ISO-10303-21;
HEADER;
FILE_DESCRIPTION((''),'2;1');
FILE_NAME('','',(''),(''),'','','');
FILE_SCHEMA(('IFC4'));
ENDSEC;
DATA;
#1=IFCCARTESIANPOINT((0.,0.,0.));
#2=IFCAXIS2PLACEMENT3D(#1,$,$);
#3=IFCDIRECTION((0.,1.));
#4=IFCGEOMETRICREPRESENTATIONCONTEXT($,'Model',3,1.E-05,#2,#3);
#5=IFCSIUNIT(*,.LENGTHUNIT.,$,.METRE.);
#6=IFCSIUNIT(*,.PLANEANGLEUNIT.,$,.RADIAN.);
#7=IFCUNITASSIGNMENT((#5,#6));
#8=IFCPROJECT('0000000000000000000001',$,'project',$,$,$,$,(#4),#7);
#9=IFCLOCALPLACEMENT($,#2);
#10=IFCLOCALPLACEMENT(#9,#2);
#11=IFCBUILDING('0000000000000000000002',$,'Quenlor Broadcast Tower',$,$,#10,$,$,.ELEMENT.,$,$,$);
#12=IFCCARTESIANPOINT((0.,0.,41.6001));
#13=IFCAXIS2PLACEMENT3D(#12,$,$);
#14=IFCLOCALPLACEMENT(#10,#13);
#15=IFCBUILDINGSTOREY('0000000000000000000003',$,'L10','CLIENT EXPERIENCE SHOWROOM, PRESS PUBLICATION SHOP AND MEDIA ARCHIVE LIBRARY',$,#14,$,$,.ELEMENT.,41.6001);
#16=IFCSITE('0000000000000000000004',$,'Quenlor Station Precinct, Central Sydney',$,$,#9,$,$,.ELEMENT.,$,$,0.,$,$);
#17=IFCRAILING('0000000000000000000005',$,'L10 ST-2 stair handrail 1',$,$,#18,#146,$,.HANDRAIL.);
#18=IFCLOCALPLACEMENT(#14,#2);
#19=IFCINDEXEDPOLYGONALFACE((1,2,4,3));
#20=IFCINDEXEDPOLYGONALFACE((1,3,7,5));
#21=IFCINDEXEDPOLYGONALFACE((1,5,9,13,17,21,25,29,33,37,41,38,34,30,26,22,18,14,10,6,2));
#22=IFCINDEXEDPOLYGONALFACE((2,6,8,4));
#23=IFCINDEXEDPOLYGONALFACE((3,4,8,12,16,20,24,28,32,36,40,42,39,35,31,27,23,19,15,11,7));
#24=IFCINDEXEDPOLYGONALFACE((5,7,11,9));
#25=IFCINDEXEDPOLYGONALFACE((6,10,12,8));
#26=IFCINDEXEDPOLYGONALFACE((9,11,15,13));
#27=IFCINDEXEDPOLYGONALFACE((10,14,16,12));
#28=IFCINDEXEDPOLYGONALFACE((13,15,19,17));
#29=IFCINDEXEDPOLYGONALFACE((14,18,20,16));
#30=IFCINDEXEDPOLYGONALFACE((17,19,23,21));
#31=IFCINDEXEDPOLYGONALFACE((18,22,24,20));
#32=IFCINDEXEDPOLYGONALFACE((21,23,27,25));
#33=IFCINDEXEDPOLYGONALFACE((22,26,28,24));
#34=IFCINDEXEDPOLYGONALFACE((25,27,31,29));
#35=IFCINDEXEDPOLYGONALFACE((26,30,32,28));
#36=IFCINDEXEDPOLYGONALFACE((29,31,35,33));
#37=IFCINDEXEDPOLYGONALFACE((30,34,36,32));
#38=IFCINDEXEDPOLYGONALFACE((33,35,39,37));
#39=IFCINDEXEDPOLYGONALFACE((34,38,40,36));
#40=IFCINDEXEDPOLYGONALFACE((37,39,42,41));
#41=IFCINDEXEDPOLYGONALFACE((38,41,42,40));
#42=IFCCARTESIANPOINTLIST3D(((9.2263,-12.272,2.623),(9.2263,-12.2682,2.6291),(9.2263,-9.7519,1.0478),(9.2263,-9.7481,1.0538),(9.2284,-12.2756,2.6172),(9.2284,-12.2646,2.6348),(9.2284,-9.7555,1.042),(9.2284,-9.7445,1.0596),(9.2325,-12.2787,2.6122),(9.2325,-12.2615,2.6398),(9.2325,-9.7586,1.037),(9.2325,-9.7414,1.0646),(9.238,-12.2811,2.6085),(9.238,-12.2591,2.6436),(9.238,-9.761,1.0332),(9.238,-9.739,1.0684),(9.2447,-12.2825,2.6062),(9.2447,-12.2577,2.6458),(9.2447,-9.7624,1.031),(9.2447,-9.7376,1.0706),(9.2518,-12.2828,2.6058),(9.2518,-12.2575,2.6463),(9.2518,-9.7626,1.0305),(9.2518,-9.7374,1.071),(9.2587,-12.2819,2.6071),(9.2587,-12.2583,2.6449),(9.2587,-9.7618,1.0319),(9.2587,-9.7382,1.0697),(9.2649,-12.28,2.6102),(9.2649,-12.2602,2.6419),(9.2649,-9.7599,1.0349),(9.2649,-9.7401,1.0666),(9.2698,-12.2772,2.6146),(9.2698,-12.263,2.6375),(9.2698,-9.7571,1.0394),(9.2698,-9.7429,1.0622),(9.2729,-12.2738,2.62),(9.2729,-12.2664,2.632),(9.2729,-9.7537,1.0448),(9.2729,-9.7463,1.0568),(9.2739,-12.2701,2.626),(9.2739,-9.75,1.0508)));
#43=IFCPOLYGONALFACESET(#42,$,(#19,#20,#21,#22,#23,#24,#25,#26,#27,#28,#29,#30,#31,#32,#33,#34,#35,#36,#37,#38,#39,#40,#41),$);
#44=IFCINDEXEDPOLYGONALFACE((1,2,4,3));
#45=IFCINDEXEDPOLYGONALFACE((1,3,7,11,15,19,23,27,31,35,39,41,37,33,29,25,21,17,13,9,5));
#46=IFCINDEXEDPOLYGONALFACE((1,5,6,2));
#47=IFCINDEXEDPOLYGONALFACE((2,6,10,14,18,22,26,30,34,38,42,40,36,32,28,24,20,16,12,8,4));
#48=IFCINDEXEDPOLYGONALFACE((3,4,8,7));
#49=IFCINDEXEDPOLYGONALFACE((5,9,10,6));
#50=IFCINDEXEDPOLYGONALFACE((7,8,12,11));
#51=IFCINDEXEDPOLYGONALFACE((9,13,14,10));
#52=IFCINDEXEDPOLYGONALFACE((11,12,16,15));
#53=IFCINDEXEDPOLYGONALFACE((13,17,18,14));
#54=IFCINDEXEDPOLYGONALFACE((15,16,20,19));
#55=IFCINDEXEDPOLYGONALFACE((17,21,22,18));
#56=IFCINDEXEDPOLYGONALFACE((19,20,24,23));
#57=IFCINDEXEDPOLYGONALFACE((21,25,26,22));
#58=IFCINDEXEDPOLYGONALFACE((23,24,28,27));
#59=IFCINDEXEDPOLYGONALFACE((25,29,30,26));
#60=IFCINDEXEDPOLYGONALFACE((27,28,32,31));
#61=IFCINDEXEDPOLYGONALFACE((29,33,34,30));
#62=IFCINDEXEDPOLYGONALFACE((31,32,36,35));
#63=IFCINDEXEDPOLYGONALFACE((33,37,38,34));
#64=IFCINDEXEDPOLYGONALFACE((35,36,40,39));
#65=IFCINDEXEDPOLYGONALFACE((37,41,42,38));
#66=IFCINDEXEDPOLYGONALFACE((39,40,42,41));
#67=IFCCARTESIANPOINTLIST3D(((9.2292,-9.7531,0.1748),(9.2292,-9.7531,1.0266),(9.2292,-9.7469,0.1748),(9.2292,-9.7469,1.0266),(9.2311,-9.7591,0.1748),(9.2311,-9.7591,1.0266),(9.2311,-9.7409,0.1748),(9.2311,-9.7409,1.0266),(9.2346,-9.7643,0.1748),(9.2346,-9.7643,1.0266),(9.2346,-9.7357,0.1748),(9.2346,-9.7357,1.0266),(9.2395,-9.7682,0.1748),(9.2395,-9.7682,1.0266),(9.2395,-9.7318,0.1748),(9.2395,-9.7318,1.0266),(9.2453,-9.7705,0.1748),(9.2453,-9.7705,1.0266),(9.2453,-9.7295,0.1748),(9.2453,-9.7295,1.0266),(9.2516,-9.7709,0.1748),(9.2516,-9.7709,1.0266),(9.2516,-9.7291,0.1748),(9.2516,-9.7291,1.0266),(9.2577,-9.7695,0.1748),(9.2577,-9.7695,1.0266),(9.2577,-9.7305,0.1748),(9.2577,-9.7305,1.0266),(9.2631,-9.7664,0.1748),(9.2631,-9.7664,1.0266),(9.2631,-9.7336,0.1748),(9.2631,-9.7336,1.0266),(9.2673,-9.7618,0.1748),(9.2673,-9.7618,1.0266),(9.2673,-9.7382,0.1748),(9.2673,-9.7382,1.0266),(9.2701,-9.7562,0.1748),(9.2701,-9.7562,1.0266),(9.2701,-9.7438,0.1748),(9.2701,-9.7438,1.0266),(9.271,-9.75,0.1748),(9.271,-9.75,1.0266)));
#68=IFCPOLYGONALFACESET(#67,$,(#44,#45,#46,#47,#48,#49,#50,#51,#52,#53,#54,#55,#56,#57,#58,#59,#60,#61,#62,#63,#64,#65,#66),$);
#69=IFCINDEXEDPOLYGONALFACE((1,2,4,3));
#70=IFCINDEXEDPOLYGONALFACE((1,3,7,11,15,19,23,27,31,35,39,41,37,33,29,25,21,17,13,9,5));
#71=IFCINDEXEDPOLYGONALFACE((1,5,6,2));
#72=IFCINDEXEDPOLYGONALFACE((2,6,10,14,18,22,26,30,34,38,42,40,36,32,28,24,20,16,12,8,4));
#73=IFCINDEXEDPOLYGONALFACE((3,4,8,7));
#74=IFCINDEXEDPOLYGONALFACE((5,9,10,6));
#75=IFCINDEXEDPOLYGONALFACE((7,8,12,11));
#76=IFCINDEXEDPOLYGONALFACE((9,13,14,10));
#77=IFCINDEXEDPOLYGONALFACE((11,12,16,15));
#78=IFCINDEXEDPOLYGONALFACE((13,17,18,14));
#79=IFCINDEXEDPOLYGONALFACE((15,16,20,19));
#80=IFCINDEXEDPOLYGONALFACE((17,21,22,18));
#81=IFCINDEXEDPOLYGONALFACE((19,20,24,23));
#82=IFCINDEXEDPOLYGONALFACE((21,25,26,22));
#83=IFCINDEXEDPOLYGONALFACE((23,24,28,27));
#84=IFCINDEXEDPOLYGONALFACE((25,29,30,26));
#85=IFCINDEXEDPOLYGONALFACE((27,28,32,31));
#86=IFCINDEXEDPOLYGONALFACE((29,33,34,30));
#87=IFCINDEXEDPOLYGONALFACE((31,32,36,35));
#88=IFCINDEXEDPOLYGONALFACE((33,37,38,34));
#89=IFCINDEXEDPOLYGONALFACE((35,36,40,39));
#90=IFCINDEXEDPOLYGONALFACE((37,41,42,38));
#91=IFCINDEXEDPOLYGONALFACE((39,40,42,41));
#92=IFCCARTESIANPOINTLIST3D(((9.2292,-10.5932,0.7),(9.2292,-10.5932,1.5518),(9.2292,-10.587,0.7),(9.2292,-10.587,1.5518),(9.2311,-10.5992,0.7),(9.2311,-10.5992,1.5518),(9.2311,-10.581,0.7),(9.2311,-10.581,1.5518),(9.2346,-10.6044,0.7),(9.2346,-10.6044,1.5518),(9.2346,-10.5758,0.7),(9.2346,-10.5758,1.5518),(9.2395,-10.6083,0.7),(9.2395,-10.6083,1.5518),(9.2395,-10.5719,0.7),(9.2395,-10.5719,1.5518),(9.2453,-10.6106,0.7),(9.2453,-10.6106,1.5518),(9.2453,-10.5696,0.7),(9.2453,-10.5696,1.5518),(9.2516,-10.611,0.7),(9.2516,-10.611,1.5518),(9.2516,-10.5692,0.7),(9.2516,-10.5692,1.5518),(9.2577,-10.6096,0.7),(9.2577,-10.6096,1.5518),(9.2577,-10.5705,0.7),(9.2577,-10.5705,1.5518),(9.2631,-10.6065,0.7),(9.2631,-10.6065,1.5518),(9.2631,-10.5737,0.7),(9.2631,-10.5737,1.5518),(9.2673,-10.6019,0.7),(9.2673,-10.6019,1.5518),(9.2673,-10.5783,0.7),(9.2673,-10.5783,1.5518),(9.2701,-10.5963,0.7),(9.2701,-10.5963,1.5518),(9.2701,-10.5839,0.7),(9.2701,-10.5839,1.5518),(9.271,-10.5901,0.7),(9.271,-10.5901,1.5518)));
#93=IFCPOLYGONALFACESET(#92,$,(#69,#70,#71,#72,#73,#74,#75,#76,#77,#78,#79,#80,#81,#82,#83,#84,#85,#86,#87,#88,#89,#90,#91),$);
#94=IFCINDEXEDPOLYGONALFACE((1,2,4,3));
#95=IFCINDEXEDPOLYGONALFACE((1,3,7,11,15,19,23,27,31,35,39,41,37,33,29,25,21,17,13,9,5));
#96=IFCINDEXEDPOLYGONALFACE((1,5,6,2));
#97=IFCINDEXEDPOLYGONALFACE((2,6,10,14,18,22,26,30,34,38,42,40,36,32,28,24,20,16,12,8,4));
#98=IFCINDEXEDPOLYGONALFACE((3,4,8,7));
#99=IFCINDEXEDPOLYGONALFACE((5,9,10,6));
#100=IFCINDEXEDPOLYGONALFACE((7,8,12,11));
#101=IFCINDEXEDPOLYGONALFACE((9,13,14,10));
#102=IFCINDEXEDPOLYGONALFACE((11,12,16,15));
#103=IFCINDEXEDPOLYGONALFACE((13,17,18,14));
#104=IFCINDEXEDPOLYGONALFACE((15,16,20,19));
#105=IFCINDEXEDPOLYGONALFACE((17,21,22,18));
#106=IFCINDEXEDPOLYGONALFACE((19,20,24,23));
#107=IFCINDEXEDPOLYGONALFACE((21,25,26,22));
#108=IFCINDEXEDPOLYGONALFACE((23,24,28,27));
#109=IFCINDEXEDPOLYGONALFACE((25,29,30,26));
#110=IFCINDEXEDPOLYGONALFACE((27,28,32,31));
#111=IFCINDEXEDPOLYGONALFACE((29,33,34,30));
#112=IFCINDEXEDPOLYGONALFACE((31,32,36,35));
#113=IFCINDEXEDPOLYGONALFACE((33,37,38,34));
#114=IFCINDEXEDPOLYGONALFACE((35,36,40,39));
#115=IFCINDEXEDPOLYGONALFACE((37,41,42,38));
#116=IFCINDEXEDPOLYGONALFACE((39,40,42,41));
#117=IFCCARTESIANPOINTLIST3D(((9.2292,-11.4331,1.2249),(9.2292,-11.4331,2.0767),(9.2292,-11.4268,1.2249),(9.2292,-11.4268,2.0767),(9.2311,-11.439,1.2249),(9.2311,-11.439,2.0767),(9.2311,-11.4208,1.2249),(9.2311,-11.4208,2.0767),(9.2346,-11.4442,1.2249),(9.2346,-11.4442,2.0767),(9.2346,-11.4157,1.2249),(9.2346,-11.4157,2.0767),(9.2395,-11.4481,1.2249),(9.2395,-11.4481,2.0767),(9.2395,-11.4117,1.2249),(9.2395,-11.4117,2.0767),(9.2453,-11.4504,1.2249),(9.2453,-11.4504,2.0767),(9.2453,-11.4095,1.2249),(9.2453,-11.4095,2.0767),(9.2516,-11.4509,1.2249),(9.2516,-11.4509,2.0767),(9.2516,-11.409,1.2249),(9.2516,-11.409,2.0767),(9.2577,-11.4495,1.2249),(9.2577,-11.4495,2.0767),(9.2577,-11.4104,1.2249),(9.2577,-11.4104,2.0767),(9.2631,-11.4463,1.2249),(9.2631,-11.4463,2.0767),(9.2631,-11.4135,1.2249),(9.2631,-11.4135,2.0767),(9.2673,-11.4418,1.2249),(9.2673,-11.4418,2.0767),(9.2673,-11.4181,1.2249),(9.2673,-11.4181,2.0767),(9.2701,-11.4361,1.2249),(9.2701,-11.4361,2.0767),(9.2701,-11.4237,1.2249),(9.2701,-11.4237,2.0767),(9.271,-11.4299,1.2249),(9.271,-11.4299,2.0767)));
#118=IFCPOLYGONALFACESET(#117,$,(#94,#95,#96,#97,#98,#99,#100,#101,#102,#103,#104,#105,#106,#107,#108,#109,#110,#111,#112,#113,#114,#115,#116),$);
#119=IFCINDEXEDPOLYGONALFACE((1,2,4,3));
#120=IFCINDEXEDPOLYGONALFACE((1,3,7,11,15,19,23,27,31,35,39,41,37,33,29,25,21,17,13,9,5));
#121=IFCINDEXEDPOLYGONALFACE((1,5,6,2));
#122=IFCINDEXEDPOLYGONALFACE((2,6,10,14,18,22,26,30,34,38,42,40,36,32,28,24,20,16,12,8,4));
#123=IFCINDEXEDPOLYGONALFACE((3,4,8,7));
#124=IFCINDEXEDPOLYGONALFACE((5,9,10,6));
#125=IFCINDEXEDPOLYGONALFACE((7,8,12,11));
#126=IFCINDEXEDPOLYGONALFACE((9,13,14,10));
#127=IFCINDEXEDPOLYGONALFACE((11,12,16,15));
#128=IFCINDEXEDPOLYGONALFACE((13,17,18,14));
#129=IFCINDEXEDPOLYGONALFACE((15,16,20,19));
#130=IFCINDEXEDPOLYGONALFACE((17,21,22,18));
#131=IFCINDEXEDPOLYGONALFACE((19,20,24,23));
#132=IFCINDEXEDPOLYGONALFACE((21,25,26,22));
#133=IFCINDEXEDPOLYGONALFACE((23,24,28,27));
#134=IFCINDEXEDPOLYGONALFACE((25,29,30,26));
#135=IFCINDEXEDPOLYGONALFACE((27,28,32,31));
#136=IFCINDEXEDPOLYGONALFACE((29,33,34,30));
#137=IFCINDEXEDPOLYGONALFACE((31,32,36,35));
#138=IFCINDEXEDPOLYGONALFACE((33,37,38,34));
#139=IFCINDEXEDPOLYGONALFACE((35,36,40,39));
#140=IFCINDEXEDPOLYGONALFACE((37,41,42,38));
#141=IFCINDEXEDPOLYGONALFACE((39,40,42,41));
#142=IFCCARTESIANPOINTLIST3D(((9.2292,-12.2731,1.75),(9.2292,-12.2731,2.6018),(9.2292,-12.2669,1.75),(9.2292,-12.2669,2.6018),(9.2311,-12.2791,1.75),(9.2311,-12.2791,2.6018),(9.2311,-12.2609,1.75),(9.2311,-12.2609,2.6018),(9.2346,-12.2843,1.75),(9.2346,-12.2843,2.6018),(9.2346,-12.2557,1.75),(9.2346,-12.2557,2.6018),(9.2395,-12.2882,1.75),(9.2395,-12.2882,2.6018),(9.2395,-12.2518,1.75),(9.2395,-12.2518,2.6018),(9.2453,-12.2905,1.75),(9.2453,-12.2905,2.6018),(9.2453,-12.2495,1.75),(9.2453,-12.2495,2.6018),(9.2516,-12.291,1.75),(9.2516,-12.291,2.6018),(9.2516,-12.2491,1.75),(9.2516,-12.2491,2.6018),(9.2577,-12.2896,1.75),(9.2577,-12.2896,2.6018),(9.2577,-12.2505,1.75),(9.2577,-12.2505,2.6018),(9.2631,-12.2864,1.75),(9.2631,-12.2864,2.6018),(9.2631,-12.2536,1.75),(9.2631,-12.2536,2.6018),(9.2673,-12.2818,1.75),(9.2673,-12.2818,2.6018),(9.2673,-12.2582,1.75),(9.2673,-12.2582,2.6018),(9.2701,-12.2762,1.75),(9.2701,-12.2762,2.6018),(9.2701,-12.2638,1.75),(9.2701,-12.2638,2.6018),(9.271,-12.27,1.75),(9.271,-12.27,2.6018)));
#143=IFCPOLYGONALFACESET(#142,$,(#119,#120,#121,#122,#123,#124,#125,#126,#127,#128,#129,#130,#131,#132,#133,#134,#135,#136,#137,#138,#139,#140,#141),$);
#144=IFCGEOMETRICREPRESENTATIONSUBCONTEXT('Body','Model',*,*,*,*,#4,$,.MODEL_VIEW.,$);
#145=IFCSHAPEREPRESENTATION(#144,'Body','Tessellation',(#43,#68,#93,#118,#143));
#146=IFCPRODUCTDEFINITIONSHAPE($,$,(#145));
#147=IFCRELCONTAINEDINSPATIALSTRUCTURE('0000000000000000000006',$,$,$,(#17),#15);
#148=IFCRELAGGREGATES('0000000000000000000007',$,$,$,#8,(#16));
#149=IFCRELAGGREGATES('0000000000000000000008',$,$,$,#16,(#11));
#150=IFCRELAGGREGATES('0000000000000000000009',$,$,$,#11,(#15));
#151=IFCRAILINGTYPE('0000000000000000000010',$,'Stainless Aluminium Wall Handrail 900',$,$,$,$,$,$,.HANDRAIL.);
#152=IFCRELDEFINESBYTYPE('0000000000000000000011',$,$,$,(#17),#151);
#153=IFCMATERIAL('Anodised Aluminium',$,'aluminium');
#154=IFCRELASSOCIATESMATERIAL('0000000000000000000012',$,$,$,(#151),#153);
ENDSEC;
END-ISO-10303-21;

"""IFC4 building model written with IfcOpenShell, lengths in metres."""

from ifc_helpers import new_model, si_unit, direction, frame, origin, origin_2d, place, context, subcontext, project, spatial, circle, extrude, material, type_object, element, save


model = new_model("IFC4")

# Units and contexts
model_context = context("Model", 3, precision=1e-05, world=origin(), true_north=direction((0.0, 1.0)))
body_context = subcontext(model_context, "Body", "Model", "MODEL_VIEW")
ifc_project = project(units=[si_unit("LENGTHUNIT", "METRE"), si_unit("PLANEANGLEUNIT", "RADIAN")], contexts=[model_context])

# Site, building, storey
site_placement = place(None, origin())
site = spatial("IfcSite", under=ifc_project, at=site_placement, Name="Quenlor Station Precinct, Central Sydney", CompositionType="ELEMENT", RefElevation=0.0)
building_placement = place(site_placement, origin())
building = spatial("IfcBuilding", under=site, at=building_placement, Name="Quenlor Broadcast Tower", CompositionType="ELEMENT")
storey_placement = place(building_placement, frame((0.0, 0.0, 41.6001)))
storey = spatial("IfcBuildingStorey", under=building, at=storey_placement, Name="L10", Description="CLIENT EXPERIENCE SHOWROOM, PRESS PUBLICATION SHOP AND MEDIA ARCHIVE LIBRARY", CompositionType="ELEMENT", Elevation=41.6001)

# Railing
ifc_material_1 = material(Name="Anodised Aluminium", Category="aluminium")
railing_type = type_object("IfcRailingType", Name="Stainless Aluminium Wall Handrail 900", PredefinedType="HANDRAIL", material=ifc_material_1)
railing_placement = place(storey_placement, frame((9.25, -9.75, 0.1748)))
element("IfcRailing", 1, at=railing_placement, inside=storey, type_object=railing_type, Name="L10 ST-2 stair handrail 1", PredefinedType="HANDRAIL", context=body_context, shape_type="SweptSolid", body=[
    extrude(circle(Radius=0.0239, at=origin_2d()), frame((0.0, 0.0, 0.876), z_axis=(0.0, -0.847971, 0.530043), x_axis=(1.0, 0.0, 0.0)), (0.0, 0.0, 1.0), 2.9719),
    extrude(circle(Radius=0.021, at=origin_2d()), origin(), (0.0, 0.0, 1.0), 0.8518),
    extrude(circle(Radius=0.021, at=origin_2d()), frame((0.0, -0.8401, 0.5251)), (0.0, 0.0, 1.0), 0.8518),
    extrude(circle(Radius=0.021, at=origin_2d()), frame((0.0, -1.6799, 1.05)), (0.0, 0.0, 1.0), 0.8518),
    extrude(circle(Radius=0.021, at=origin_2d()), frame((0.0, -2.52, 1.5752)), (0.0, 0.0, 1.0), 0.8518),
])

save(model, "model.ifc")
